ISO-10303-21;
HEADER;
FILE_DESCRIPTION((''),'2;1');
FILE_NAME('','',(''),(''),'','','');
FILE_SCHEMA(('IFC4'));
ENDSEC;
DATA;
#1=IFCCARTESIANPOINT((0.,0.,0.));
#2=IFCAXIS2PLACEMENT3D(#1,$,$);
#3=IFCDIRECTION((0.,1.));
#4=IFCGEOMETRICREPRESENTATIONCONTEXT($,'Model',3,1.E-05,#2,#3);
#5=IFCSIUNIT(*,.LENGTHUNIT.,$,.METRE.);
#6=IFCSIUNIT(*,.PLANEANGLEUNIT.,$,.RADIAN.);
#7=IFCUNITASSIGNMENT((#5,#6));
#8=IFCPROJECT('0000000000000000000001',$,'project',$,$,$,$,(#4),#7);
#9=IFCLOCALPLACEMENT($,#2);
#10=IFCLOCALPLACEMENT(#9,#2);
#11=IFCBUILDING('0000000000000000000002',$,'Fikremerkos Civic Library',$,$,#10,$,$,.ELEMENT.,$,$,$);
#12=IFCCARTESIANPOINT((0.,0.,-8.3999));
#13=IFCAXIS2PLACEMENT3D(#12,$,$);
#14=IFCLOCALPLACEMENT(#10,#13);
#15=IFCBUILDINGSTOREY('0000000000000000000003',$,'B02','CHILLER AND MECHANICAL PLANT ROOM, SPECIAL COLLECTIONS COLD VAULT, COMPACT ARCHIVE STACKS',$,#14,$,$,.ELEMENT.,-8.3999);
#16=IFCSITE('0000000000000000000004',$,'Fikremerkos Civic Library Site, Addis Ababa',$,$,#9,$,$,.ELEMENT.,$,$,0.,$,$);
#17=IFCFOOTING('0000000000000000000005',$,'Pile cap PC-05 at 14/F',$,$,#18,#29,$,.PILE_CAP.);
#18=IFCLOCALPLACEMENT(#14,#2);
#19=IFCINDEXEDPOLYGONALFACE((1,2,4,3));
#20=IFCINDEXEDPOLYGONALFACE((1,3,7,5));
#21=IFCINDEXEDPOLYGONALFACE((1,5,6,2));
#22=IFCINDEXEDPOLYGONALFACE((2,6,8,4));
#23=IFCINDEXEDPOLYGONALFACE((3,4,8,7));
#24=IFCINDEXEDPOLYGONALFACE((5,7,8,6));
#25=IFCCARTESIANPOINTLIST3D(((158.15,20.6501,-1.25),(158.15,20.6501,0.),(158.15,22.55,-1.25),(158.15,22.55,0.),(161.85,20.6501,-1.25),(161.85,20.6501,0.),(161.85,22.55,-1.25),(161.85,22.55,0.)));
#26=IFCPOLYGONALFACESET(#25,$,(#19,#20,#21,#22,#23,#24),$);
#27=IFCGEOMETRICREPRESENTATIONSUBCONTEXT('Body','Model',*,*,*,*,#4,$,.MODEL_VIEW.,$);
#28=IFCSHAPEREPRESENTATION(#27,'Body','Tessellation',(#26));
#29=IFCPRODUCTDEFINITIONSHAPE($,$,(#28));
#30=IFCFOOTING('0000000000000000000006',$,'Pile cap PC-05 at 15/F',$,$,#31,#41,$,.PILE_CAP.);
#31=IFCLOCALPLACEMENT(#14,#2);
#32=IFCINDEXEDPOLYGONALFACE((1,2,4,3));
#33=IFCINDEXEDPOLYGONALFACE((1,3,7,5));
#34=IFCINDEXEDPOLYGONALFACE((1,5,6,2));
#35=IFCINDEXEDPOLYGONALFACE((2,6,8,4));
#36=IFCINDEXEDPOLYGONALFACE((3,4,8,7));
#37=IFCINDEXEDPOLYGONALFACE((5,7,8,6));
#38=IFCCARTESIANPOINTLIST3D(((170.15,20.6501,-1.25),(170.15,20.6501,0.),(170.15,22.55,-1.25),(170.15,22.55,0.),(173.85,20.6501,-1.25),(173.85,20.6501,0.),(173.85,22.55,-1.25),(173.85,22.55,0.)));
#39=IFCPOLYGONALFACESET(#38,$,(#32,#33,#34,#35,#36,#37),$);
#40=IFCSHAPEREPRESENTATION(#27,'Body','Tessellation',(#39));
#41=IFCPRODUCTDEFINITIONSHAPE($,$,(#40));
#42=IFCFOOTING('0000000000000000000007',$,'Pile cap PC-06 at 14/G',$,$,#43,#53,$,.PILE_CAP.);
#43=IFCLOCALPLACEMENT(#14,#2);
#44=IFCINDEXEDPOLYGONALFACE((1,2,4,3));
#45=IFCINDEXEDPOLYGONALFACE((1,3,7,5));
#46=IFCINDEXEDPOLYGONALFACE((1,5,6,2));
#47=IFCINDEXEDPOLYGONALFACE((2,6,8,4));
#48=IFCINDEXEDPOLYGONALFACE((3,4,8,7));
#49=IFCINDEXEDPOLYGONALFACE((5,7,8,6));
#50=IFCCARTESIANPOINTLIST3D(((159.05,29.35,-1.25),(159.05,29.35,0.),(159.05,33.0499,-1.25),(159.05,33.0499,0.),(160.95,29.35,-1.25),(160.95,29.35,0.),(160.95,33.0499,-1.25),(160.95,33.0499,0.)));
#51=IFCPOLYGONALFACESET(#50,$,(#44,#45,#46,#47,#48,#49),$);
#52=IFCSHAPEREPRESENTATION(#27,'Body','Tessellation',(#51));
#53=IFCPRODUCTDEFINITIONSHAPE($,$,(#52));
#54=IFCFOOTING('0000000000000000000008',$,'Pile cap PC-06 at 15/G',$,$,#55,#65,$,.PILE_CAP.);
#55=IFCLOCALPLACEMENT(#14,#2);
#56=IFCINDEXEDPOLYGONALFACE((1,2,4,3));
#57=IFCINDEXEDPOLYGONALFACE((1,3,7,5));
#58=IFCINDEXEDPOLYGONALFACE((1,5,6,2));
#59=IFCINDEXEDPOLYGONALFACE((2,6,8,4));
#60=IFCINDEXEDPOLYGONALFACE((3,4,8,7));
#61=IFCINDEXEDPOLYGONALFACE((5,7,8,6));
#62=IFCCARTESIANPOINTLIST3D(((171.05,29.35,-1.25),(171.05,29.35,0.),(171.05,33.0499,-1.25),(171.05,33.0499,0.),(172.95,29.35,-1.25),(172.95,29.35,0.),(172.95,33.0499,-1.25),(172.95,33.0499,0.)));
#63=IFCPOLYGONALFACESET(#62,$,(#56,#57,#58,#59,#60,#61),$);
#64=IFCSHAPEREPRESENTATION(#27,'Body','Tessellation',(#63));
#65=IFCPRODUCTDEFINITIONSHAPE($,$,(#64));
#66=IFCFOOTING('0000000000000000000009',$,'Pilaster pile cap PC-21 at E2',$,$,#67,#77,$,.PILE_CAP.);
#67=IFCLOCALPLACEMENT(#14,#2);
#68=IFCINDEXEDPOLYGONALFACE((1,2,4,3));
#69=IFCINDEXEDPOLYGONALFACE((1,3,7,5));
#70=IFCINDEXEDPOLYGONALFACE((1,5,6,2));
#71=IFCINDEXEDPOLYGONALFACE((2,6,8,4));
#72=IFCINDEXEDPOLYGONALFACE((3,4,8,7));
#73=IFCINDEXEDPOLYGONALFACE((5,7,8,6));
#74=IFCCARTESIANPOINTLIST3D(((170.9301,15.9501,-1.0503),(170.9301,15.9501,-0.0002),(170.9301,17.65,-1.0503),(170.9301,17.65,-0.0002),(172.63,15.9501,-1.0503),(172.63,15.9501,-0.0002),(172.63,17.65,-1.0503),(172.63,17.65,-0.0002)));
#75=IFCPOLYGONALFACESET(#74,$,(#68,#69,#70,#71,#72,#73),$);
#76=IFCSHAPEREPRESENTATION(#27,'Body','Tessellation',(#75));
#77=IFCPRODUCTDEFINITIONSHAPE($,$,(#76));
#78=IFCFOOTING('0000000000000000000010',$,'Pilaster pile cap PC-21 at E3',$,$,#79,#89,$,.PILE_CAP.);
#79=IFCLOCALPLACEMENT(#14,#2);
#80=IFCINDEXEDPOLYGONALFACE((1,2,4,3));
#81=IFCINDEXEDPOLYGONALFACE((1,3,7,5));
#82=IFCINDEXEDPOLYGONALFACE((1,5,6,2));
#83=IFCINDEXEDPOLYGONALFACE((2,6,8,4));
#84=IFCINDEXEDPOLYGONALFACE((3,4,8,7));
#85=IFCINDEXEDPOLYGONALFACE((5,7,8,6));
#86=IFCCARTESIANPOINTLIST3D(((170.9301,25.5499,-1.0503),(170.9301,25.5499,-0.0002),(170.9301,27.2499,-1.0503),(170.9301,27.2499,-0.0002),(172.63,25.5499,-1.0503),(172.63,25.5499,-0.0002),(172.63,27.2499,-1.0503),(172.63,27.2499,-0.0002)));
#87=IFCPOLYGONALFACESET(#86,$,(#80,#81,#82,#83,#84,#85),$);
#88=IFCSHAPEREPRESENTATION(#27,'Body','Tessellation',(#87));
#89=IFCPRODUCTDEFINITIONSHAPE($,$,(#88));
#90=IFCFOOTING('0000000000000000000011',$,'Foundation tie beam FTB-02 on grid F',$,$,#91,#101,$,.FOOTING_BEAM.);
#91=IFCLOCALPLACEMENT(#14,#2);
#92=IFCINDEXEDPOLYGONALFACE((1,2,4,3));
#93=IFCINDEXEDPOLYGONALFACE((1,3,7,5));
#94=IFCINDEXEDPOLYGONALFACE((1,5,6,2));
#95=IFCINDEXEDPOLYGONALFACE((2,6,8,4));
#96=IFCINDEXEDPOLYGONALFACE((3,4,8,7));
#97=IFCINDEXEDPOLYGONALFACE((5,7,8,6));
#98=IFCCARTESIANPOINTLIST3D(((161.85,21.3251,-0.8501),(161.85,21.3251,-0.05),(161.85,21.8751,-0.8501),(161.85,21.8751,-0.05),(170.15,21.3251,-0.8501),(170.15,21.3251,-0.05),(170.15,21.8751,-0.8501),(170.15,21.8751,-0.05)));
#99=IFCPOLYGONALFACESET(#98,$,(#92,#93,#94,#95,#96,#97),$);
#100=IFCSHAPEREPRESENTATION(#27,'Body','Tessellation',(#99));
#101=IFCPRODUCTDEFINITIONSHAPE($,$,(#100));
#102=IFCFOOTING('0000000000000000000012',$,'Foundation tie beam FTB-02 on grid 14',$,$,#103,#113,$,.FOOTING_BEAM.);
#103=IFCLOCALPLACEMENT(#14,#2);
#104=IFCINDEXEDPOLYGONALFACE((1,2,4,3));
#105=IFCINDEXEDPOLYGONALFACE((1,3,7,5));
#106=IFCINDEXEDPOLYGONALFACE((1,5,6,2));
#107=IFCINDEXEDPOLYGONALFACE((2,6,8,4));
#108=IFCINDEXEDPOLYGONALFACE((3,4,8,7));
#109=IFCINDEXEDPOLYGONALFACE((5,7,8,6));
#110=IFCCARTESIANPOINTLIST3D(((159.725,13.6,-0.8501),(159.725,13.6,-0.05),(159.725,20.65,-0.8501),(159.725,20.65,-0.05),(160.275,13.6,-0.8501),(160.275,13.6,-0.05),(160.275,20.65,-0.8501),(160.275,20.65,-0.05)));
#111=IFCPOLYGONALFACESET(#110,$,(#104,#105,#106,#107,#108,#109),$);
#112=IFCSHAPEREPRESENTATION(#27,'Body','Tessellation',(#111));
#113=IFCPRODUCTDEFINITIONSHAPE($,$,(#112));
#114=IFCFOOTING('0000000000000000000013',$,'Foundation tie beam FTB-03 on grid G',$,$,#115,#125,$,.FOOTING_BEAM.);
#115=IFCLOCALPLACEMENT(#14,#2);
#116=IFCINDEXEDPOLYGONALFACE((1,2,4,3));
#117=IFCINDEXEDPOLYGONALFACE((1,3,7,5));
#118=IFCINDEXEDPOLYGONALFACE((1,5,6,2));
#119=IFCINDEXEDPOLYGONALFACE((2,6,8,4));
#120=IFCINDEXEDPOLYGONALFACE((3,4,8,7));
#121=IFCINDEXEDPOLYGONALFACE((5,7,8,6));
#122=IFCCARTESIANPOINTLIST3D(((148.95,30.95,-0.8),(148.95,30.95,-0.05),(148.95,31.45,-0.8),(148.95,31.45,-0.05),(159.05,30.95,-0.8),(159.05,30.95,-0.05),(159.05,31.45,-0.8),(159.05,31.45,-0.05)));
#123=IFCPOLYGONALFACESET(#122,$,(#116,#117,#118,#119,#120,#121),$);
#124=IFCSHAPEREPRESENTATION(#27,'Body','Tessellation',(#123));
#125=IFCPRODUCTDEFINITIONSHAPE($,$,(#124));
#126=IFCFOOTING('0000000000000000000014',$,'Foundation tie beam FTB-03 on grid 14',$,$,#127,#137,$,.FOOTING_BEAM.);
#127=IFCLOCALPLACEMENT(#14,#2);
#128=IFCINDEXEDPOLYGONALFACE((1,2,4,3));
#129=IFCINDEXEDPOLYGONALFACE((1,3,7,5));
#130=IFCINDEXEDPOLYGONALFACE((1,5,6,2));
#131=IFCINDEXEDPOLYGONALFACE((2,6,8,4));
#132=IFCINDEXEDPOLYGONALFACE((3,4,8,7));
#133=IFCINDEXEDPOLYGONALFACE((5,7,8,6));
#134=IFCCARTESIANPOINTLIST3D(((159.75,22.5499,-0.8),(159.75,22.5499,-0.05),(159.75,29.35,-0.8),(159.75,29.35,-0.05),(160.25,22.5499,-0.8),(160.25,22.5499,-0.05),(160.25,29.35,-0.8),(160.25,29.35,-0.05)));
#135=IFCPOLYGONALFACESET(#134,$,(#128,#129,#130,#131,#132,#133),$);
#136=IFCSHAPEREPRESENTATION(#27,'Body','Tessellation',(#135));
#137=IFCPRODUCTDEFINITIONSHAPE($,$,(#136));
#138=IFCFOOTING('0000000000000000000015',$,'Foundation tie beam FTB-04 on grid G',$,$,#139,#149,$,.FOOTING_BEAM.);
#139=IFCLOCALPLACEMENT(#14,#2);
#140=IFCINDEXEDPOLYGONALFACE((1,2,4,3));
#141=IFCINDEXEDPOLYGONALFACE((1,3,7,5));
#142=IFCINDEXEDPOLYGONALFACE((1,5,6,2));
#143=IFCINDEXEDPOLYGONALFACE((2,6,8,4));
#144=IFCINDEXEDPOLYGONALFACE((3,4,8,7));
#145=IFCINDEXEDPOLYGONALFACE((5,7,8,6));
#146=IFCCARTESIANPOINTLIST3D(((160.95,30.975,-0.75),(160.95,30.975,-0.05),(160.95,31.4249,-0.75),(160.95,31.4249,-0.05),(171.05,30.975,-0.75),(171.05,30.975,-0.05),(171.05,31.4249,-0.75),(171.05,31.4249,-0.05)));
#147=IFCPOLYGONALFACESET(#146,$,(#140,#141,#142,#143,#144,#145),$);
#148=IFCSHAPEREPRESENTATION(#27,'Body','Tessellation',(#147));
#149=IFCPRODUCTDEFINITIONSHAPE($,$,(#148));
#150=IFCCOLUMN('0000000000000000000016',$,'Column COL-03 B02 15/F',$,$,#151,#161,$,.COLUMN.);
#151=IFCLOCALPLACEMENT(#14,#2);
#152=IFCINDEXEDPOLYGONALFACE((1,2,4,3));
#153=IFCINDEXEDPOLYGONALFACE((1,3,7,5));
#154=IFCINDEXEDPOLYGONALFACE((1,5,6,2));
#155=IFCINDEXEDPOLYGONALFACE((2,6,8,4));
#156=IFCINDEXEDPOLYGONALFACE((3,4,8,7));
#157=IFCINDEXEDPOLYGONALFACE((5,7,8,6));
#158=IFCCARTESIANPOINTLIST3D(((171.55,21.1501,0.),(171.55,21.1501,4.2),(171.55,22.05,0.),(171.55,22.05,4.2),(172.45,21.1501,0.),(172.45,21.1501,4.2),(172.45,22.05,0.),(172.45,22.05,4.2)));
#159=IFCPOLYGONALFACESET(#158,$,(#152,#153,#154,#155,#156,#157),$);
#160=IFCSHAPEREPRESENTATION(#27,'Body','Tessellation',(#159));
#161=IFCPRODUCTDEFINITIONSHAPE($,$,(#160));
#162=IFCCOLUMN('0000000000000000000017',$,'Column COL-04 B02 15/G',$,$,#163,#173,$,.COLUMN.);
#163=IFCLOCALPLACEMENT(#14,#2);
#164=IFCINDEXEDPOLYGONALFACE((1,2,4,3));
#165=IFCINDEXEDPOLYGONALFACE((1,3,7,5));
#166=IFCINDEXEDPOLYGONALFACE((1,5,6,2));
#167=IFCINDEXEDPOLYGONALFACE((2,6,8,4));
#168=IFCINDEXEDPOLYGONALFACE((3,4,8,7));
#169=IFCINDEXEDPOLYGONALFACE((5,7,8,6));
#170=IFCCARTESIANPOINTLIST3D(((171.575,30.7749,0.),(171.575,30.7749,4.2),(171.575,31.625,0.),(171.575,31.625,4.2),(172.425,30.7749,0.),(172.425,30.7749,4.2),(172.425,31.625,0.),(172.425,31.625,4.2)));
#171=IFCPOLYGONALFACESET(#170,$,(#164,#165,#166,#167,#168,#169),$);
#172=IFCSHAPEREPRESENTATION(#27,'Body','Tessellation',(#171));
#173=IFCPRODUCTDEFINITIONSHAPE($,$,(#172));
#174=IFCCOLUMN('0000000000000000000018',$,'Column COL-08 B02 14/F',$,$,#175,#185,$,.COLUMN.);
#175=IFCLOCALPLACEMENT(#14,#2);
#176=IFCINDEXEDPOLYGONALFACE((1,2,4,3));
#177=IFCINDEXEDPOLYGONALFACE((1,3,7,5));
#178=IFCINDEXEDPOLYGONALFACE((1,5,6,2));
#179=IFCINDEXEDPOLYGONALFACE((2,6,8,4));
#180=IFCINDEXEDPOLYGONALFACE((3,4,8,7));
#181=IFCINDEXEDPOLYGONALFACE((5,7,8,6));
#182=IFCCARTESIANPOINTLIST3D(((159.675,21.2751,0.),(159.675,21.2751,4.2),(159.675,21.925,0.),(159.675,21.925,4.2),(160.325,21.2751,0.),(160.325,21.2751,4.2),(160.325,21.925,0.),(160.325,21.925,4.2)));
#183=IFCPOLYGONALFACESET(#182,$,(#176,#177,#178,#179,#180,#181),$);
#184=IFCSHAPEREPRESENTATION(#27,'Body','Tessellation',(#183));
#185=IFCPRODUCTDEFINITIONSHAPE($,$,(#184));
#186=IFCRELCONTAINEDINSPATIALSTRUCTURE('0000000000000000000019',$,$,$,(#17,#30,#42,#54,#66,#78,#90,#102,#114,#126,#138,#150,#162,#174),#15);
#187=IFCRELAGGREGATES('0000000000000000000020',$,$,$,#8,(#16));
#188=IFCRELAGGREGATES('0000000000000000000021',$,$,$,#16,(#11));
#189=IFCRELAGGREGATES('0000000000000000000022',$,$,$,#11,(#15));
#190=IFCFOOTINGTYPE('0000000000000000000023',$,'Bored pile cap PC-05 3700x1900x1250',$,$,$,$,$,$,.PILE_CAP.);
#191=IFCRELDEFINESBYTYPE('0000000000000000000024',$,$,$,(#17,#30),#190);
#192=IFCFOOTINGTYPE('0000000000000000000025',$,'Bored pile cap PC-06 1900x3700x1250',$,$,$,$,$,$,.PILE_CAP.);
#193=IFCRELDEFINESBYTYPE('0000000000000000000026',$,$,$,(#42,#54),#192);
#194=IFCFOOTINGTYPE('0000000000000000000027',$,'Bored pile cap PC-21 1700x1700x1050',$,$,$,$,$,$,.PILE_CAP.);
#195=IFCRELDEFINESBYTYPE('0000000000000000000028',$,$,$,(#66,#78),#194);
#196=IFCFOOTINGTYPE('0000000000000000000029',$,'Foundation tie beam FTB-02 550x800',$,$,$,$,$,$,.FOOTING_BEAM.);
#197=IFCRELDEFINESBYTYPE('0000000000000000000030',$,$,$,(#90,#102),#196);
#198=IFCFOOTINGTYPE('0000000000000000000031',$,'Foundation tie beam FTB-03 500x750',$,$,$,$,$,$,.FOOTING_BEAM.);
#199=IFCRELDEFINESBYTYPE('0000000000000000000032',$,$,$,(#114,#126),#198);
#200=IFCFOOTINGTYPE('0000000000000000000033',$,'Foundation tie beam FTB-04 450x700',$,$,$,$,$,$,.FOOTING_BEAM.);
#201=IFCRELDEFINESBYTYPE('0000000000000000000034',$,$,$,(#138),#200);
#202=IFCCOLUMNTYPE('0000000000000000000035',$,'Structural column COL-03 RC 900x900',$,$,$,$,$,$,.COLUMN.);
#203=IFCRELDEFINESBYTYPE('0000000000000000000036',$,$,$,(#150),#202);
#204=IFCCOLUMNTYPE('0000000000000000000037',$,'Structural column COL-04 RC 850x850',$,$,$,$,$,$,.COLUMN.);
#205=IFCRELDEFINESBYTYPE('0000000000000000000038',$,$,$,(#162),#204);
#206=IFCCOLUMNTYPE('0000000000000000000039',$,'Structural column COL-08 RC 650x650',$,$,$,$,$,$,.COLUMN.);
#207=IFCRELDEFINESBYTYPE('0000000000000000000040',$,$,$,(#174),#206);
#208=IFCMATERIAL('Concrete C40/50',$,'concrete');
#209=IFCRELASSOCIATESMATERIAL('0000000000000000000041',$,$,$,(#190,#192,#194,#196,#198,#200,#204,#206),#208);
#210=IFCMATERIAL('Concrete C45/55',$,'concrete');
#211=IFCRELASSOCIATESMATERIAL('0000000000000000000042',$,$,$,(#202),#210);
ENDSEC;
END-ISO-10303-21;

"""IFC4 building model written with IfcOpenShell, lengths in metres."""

from ifc_helpers import new_model, si_unit, direction, frame, origin, origin_2d, place, context, subcontext, project, spatial, rectangle, extrude, material, material_profile, profile_set, type_object, element, save


model = new_model("IFC4")

# Units and contexts
model_context = context("Model", 3, precision=1e-05, world=origin(), true_north=direction((0.0, 1.0)))
body_context = subcontext(model_context, "Body", "Model", "MODEL_VIEW")
ifc_project = project(units=[si_unit("LENGTHUNIT", "METRE"), si_unit("PLANEANGLEUNIT", "RADIAN")], contexts=[model_context])

# Site, building, storey
site_placement = place(None, origin())
site = spatial("IfcSite", under=ifc_project, at=site_placement, Name="Fikremerkos Civic Library Site, Addis Ababa", CompositionType="ELEMENT", RefElevation=0.0)
building_placement = place(site_placement, origin())
building = spatial("IfcBuilding", under=site, at=building_placement, Name="Fikremerkos Civic Library", CompositionType="ELEMENT")
storey_placement = place(building_placement, frame((0.0, 0.0, -8.3999)))
storey = spatial("IfcBuildingStorey", under=building, at=storey_placement, Name="B02", Description="CHILLER AND MECHANICAL PLANT ROOM, SPECIAL COLLECTIONS COLD VAULT, COMPACT ARCHIVE STACKS", CompositionType="ELEMENT", Elevation=-8.3999)

# Footings
ifc_material_1 = material(Name="Concrete C40/50", Category="concrete")
footing_type_1 = type_object("IfcFootingType", Name="Bored pile cap PC-05 3700x1900x1250", PredefinedType="PILE_CAP", material=ifc_material_1)
for number, where, z_axis, x_axis, name in (
    (1, (160.0, 21.6001, -1.25), (0.0, 0.0, 1.0), (1.0, 0.0, 0.0), "Pile cap PC-05 at 14/F"),
    (2, (172.0, 21.6001, -1.25), (0.0, 0.0, 1.0), (1.0, 0.0, 0.0), "Pile cap PC-05 at 15/F"),
):
    element("IfcFooting", number, at=place(storey_placement, frame(where, z_axis=z_axis, x_axis=x_axis)), inside=storey, type_object=footing_type_1, Name=name, PredefinedType="PILE_CAP", context=body_context, shape_type="SweptSolid", body=[
        extrude(rectangle(XDim=3.7, YDim=1.8999, at=origin_2d()), origin(), (0.0, 0.0, 1.0), 1.25),
    ])
footing_type_2 = type_object("IfcFootingType", Name="Bored pile cap PC-06 1900x3700x1250", PredefinedType="PILE_CAP", material=ifc_material_1)
for number, where, z_axis, x_axis, name in (
    (3, (160.0, 31.2, -1.25), (0.0, 0.0, 1.0), (1.0, 0.0, 0.0), "Pile cap PC-06 at 14/G"),
    (4, (172.0, 31.2, -1.25), (0.0, 0.0, 1.0), (1.0, 0.0, 0.0), "Pile cap PC-06 at 15/G"),
):
    element("IfcFooting", number, at=place(storey_placement, frame(where, z_axis=z_axis, x_axis=x_axis)), inside=storey, type_object=footing_type_2, Name=name, PredefinedType="PILE_CAP", context=body_context, shape_type="SweptSolid", body=[
        extrude(rectangle(XDim=1.8999, YDim=3.7, at=origin_2d()), origin(), (0.0, 0.0, 1.0), 1.25),
    ])
footing_type_3 = type_object("IfcFootingType", Name="Bored pile cap PC-21 1700x1700x1050", PredefinedType="PILE_CAP", material=ifc_material_1)
for number, where, z_axis, x_axis, name in (
    (5, (171.78, 16.8, -1.0503), (0.0, 0.0, 1.0), (1.0, 0.0, 0.0), "Pilaster pile cap PC-21 at E2"),
    (6, (171.78, 26.3999, -1.0503), (0.0, 0.0, 1.0), (1.0, 0.0, 0.0), "Pilaster pile cap PC-21 at E3"),
):
    element("IfcFooting", number, at=place(storey_placement, frame(where, z_axis=z_axis, x_axis=x_axis)), inside=storey, type_object=footing_type_3, Name=name, PredefinedType="PILE_CAP", context=body_context, shape_type="SweptSolid", body=[
        extrude(rectangle(XDim=1.7, YDim=1.7, at=origin_2d()), origin(), (0.0, 0.0, 1.0), 1.05),
    ])
footing_type_4 = type_object("IfcFootingType", Name="Foundation tie beam FTB-02 550x800", PredefinedType="FOOTING_BEAM", material=ifc_material_1)
footing_1_placement = place(storey_placement, frame((166.0, 21.6001, -0.8501), z_axis=(0.0, 0.0, 1.0), x_axis=(1.0, 0.0, 0.0)))
element("IfcFooting", 7, at=footing_1_placement, inside=storey, type_object=footing_type_4, Name="Foundation tie beam FTB-02 on grid F", PredefinedType="FOOTING_BEAM", context=body_context, shape_type="SweptSolid", body=[
    extrude(rectangle(XDim=8.3, YDim=0.55, at=origin_2d()), origin(), (0.0, 0.0, 1.0), 0.8),
])
footing_2_placement = place(storey_placement, frame((160.0, 17.125, -0.8501), z_axis=(0.0, 0.0, 1.0), x_axis=(0.0, 1.0, 0.0)))
element("IfcFooting", 8, at=footing_2_placement, inside=storey, type_object=footing_type_4, Name="Foundation tie beam FTB-02 on grid 14", PredefinedType="FOOTING_BEAM", context=body_context, shape_type="SweptSolid", body=[
    extrude(rectangle(XDim=7.05, YDim=0.55, at=origin_2d()), origin(), (0.0, 0.0, 1.0), 0.8),
])
footing_type_5 = type_object("IfcFootingType", Name="Foundation tie beam FTB-03 500x750", PredefinedType="FOOTING_BEAM", material=ifc_material_1)
footing_3_placement = place(storey_placement, frame((154.0, 31.2, -0.8), z_axis=(0.0, 0.0, 1.0), x_axis=(1.0, 0.0, 0.0)))
element("IfcFooting", 9, at=footing_3_placement, inside=storey, type_object=footing_type_5, Name="Foundation tie beam FTB-03 on grid G", PredefinedType="FOOTING_BEAM", context=body_context, shape_type="SweptSolid", body=[
    extrude(rectangle(XDim=10.1001, YDim=0.5, at=origin_2d()), origin(), (0.0, 0.0, 1.0), 0.75),
])
footing_4_placement = place(storey_placement, frame((160.0, 25.95, -0.8), z_axis=(0.0, 0.0, 1.0), x_axis=(0.0, 1.0, 0.0)))
element("IfcFooting", 10, at=footing_4_placement, inside=storey, type_object=footing_type_5, Name="Foundation tie beam FTB-03 on grid 14", PredefinedType="FOOTING_BEAM", context=body_context, shape_type="SweptSolid", body=[
    extrude(rectangle(XDim=6.8, YDim=0.5, at=origin_2d()), origin(), (0.0, 0.0, 1.0), 0.75),
])
footing_type_6 = type_object("IfcFootingType", Name="Foundation tie beam FTB-04 450x700", PredefinedType="FOOTING_BEAM", material=ifc_material_1)
footing_5_placement = place(storey_placement, frame((166.0, 31.2, -0.75), z_axis=(0.0, 0.0, 1.0), x_axis=(1.0, 0.0, 0.0)))
element("IfcFooting", 11, at=footing_5_placement, inside=storey, type_object=footing_type_6, Name="Foundation tie beam FTB-04 on grid G", PredefinedType="FOOTING_BEAM", context=body_context, shape_type="SweptSolid", body=[
    extrude(rectangle(XDim=10.1001, YDim=0.45, at=origin_2d()), origin(), (0.0, 0.0, 1.0), 0.7),
])

# Columns
ifc_material_2 = material(Name="Concrete C45/55", Category="concrete")
ifc_material_profile_1 = material_profile(ifc_material_2, rectangle(XDim=0.8999, YDim=0.8999, at=origin_2d()), Name="RC 900x900")
ifc_profile_set_1 = profile_set([ifc_material_profile_1], Name="Concrete C45/55")
column_type_1 = type_object("IfcColumnType", Name="Structural column COL-03 RC 900x900", PredefinedType="COLUMN", material=ifc_profile_set_1)
column_1_placement = place(storey_placement, frame((172.0, 21.6001, 0.0), z_axis=(0.0, 0.0, 1.0), x_axis=(1.0, 0.0, 0.0)))
element("IfcColumn", 12, at=column_1_placement, inside=storey, type_object=column_type_1, Name="Column COL-03 B02 15/F", PredefinedType="COLUMN", context=body_context, shape_type="SweptSolid", body=[
    extrude(rectangle(XDim=0.8999, YDim=0.8999, at=origin_2d()), origin(), (0.0, 0.0, 1.0), 4.2),
])
ifc_material_profile_2 = material_profile(ifc_material_1, rectangle(XDim=0.8501, YDim=0.8501, at=origin_2d()), Name="RC 850x850")
ifc_profile_set_2 = profile_set([ifc_material_profile_2], Name="Concrete C40/50")
column_type_2 = type_object("IfcColumnType", Name="Structural column COL-04 RC 850x850", PredefinedType="COLUMN", material=ifc_profile_set_2)
column_2_placement = place(storey_placement, frame((172.0, 31.2, 0.0), z_axis=(0.0, 0.0, 1.0), x_axis=(1.0, 0.0, 0.0)))
element("IfcColumn", 13, at=column_2_placement, inside=storey, type_object=column_type_2, Name="Column COL-04 B02 15/G", PredefinedType="COLUMN", context=body_context, shape_type="SweptSolid", body=[
    extrude(rectangle(XDim=0.8501, YDim=0.8501, at=origin_2d()), origin(), (0.0, 0.0, 1.0), 4.2),
])
ifc_material_profile_3 = material_profile(ifc_material_1, rectangle(XDim=0.6499, YDim=0.6499, at=origin_2d()), Name="RC 650x650")
ifc_profile_set_3 = profile_set([ifc_material_profile_3], Name="Concrete C40/50")
column_type_3 = type_object("IfcColumnType", Name="Structural column COL-08 RC 650x650", PredefinedType="COLUMN", material=ifc_profile_set_3)
column_3_placement = place(storey_placement, frame((160.0, 21.6001, 0.0), z_axis=(0.0, 0.0, 1.0), x_axis=(1.0, 0.0, 0.0)))
element("IfcColumn", 14, at=column_3_placement, inside=storey, type_object=column_type_3, Name="Column COL-08 B02 14/F", PredefinedType="COLUMN", context=body_context, shape_type="SweptSolid", body=[
    extrude(rectangle(XDim=0.6499, YDim=0.6499, at=origin_2d()), origin(), (0.0, 0.0, 1.0), 4.2),
])

save(model, "model.ifc")
